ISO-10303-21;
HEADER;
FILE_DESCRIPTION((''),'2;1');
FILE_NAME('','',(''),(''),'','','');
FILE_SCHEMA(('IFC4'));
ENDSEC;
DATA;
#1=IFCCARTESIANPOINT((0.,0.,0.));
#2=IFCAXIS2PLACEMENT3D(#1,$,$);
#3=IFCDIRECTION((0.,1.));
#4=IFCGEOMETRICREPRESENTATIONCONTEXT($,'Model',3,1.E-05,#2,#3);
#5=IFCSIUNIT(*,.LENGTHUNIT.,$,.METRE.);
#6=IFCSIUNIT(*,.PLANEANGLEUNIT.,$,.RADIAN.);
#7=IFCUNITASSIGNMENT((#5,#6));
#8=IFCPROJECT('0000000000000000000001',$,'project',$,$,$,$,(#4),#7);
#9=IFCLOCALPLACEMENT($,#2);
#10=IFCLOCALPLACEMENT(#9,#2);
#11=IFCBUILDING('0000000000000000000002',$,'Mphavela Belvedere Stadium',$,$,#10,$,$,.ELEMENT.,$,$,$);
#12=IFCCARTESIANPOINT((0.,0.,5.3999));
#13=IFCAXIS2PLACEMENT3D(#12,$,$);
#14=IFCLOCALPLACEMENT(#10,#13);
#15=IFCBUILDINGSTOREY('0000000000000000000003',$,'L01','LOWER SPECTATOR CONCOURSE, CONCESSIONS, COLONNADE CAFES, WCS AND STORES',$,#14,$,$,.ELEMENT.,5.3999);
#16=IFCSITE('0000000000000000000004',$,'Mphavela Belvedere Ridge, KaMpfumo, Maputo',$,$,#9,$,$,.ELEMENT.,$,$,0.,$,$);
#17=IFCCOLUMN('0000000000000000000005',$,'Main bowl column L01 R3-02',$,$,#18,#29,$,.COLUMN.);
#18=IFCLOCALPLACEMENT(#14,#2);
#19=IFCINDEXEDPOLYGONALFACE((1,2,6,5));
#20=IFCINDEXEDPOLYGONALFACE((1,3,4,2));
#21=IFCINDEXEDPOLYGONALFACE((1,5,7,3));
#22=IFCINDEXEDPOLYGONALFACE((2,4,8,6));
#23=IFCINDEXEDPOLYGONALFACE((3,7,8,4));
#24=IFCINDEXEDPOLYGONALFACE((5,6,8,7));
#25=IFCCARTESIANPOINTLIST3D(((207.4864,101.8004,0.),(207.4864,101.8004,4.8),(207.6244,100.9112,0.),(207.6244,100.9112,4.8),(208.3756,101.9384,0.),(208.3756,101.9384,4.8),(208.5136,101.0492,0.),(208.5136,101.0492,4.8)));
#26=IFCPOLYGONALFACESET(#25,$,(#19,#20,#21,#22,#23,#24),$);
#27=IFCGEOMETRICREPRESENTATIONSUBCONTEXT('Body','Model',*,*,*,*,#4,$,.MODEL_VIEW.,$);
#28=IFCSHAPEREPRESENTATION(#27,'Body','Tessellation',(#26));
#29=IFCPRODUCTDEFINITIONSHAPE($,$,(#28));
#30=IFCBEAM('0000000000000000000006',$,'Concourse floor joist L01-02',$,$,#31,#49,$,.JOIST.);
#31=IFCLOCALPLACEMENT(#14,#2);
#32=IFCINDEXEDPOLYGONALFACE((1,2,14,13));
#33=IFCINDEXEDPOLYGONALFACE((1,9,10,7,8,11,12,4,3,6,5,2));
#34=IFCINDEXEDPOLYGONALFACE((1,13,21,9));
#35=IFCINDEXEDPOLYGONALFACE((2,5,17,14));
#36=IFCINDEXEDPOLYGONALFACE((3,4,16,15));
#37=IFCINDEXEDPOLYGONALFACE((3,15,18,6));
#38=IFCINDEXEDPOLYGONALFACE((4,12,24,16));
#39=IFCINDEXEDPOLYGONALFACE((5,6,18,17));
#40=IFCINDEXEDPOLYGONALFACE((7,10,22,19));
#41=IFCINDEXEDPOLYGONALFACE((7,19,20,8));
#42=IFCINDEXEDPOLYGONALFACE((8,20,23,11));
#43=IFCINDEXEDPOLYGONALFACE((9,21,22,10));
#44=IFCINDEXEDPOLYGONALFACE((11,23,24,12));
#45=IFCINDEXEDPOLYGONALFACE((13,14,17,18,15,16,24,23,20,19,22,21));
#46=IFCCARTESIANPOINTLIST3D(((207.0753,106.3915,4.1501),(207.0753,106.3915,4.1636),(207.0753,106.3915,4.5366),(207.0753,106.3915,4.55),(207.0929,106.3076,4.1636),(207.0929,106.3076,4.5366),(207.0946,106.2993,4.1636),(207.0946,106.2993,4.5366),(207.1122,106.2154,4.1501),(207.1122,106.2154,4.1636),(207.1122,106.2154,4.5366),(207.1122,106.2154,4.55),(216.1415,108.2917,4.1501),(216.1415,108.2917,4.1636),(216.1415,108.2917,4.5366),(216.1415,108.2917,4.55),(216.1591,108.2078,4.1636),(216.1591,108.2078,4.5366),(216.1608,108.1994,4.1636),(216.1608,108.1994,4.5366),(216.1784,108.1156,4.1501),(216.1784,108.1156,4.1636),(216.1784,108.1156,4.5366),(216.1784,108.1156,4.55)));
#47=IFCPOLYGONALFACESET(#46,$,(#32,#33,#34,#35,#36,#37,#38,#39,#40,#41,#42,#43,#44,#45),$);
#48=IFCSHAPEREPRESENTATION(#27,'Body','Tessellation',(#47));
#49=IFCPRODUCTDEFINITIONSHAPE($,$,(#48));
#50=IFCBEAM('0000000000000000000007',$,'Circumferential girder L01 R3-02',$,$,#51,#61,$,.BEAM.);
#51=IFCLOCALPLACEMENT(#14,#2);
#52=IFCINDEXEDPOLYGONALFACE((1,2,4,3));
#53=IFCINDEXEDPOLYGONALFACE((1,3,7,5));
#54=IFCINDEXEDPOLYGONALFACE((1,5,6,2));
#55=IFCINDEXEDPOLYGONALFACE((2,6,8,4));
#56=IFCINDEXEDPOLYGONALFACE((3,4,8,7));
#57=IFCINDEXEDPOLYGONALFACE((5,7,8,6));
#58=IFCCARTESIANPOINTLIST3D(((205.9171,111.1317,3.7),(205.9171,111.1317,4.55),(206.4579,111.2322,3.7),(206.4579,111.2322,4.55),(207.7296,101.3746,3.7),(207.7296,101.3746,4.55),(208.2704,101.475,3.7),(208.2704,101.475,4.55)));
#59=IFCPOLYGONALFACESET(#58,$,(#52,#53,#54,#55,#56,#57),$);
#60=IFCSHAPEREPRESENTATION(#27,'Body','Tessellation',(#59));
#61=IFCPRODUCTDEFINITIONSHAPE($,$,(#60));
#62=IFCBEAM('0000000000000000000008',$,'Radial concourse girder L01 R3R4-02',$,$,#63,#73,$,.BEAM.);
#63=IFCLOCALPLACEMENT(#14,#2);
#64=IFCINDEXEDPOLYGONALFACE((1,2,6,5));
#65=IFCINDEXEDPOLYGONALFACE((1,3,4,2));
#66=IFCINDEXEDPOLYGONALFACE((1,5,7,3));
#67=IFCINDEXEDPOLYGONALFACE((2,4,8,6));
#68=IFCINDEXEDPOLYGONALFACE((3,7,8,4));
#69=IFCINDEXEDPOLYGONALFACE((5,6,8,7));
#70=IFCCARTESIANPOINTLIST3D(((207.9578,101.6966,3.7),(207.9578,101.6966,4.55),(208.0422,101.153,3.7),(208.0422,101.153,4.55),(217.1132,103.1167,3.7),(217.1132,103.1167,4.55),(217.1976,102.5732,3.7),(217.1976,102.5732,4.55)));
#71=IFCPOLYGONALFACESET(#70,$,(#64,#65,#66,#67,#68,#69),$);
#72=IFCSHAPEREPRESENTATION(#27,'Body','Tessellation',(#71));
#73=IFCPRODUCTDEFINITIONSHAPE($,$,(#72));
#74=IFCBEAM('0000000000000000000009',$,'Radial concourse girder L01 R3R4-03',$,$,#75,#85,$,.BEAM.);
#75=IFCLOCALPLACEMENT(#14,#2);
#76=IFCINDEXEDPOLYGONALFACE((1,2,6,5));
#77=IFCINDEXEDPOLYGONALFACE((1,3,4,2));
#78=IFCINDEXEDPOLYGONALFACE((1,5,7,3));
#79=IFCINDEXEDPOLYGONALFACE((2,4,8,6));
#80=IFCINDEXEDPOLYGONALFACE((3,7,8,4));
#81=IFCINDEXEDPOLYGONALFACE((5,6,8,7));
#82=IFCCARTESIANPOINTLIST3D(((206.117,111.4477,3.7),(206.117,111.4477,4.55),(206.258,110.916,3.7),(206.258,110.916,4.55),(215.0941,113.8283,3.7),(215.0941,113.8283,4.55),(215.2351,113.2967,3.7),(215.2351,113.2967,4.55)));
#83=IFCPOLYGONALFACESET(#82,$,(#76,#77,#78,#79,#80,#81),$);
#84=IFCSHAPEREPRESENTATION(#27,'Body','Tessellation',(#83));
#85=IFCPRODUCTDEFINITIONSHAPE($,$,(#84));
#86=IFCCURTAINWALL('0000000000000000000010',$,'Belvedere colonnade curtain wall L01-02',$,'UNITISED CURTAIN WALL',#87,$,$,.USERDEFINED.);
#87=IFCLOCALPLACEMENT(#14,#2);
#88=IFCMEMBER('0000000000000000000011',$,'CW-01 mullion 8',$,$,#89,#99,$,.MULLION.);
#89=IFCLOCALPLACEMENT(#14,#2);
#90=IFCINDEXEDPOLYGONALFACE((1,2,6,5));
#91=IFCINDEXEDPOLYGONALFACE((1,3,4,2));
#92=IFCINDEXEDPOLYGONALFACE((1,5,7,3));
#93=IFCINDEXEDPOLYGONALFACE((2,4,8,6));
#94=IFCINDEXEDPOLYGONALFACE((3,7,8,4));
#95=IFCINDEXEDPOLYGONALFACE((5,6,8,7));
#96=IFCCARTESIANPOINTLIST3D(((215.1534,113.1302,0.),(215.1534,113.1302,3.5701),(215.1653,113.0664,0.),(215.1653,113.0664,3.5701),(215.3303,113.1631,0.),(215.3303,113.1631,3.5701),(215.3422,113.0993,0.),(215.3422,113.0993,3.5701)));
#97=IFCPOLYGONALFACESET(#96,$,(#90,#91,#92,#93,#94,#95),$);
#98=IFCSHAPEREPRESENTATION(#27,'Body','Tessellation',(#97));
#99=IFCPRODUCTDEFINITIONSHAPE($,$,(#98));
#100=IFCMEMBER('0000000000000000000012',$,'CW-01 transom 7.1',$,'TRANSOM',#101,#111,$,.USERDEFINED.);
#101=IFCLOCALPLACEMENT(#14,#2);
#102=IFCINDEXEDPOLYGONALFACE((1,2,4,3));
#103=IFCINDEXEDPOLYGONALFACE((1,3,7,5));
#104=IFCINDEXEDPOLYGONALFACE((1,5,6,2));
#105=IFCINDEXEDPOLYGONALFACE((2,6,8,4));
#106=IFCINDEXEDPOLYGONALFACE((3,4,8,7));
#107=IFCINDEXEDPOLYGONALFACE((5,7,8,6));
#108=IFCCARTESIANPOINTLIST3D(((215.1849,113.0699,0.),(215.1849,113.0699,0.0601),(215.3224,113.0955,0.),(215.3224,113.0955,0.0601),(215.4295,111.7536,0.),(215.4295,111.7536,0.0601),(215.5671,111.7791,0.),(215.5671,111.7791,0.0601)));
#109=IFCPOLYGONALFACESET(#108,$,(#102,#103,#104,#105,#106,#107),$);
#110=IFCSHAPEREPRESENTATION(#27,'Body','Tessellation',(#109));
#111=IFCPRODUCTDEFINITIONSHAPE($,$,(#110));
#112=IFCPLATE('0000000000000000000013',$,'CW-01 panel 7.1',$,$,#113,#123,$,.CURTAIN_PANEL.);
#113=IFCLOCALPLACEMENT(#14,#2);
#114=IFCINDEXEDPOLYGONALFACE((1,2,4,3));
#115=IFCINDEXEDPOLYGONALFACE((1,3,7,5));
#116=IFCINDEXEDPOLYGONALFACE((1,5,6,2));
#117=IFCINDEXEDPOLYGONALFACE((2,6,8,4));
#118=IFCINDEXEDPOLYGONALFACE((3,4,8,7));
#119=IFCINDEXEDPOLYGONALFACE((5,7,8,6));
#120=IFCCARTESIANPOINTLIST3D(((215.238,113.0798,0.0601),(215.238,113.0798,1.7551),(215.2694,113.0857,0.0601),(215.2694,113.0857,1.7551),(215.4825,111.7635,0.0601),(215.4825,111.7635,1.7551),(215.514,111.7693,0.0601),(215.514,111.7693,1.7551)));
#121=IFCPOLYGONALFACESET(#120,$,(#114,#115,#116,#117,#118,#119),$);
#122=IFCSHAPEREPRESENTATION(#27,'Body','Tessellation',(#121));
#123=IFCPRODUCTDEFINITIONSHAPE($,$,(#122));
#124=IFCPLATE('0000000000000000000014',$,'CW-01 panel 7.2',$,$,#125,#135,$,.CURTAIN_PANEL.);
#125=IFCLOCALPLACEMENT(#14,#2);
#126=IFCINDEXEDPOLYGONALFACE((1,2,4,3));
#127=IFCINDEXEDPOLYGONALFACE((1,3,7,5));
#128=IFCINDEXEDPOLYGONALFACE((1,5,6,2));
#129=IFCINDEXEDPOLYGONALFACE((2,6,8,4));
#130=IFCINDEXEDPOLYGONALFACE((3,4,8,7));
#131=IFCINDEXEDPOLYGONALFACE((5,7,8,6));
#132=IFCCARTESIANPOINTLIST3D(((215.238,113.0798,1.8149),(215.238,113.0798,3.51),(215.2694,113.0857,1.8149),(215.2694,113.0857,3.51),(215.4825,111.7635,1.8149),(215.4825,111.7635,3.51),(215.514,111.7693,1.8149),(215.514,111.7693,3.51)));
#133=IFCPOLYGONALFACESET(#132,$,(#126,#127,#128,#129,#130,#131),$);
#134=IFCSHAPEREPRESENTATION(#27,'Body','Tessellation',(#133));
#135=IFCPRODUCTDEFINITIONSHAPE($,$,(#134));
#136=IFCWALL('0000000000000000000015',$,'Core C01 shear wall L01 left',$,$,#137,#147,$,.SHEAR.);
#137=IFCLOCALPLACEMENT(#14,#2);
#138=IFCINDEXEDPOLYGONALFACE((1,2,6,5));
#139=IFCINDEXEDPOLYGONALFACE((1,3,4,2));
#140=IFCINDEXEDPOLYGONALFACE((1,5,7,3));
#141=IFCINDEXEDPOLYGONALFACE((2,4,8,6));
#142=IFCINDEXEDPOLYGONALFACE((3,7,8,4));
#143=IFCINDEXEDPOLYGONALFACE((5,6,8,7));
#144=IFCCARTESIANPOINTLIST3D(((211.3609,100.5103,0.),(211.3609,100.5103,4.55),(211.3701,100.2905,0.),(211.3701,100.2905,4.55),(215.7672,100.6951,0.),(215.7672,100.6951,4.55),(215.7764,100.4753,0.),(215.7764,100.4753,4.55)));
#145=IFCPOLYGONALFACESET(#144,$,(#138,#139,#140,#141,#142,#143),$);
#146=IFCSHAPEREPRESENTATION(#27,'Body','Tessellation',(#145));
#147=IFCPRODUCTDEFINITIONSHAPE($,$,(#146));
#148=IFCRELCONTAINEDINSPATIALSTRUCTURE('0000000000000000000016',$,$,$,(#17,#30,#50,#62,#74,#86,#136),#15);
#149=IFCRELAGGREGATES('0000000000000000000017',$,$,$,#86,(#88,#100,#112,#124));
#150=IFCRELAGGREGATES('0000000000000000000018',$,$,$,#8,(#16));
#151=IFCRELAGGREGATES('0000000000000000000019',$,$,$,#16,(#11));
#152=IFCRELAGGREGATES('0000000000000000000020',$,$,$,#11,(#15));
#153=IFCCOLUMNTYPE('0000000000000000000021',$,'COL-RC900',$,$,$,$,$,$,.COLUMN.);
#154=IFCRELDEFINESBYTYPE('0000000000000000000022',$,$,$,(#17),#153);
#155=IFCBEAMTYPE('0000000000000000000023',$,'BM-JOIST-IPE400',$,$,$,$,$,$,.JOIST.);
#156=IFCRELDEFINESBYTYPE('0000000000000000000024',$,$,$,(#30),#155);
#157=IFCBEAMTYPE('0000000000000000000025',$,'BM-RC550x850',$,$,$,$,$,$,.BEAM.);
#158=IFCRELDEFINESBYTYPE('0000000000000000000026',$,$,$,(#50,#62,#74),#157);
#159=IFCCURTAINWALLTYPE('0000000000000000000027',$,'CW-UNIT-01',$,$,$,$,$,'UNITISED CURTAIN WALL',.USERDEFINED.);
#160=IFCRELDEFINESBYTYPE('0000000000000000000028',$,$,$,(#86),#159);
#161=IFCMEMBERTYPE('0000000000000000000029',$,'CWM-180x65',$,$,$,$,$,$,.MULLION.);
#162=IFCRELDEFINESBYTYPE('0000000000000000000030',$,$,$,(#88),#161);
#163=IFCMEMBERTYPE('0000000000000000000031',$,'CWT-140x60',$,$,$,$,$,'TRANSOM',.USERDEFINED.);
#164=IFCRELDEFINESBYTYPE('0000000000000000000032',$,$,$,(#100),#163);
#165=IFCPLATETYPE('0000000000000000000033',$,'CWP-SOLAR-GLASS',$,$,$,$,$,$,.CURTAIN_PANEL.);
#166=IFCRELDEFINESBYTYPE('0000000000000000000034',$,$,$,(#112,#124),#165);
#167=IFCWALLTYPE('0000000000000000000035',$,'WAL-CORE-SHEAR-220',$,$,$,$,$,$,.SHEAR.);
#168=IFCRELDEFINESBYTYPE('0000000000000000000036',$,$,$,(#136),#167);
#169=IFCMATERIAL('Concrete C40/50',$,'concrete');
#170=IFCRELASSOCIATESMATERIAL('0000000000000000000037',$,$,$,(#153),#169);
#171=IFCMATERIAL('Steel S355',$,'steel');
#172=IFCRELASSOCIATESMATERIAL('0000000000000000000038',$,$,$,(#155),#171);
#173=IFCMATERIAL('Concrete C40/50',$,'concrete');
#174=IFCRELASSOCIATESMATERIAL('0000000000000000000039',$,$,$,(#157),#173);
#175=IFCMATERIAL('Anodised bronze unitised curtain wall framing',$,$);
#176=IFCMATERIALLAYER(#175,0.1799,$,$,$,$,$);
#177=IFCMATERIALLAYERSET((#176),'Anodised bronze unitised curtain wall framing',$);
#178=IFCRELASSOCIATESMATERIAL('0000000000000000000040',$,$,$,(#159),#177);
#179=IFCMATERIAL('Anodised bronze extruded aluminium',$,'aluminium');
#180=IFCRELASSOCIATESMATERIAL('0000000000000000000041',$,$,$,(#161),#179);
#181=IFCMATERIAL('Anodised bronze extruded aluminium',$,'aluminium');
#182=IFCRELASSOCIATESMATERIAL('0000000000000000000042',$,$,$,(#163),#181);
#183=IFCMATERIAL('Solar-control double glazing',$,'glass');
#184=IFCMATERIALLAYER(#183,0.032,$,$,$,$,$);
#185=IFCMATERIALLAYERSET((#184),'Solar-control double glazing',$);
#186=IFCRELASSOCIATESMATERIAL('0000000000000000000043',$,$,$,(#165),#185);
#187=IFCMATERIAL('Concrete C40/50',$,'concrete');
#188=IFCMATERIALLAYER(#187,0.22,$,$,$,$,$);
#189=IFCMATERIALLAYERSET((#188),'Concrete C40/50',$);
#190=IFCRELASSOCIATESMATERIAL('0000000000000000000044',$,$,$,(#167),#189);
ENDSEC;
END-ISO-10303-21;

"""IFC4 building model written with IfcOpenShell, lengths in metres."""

from ifc_helpers import new_model, si_unit, direction, frame, frame_2d, origin, origin_2d, place, context, subcontext, project, spatial, rectangle, i_section, extrude, material, layer, layer_set, material_profile, profile_set, type_object, element, aggregate, save


model = new_model("IFC4")

# Units and contexts
model_context = context("Model", 3, precision=1e-05, world=origin(), true_north=direction((0.0, 1.0)))
body_context = subcontext(model_context, "Body", "Model", "MODEL_VIEW")
ifc_project = project(units=[si_unit("LENGTHUNIT", "METRE"), si_unit("PLANEANGLEUNIT", "RADIAN")], contexts=[model_context])

# Site, building, storey
site_placement = place(None, origin())
site = spatial("IfcSite", under=ifc_project, at=site_placement, Name="Mphavela Belvedere Ridge, KaMpfumo, Maputo", CompositionType="ELEMENT", RefElevation=0.0)
building_placement = place(site_placement, origin())
building = spatial("IfcBuilding", under=site, at=building_placement, Name="Mphavela Belvedere Stadium", CompositionType="ELEMENT")
storey_placement = place(building_placement, frame((0.0, 0.0, 5.3999)))
storey = spatial("IfcBuildingStorey", under=building, at=storey_placement, Name="L01", Description="LOWER SPECTATOR CONCOURSE, CONCESSIONS, COLONNADE CAFES, WCS AND STORES", CompositionType="ELEMENT", Elevation=5.3999)

# Column
ifc_material_1 = material(Name="Concrete C40/50", Category="concrete")
ifc_material_profile_1 = material_profile(ifc_material_1, rectangle(XDim=0.8999, YDim=0.8999, at=origin_2d()), Name="RC 900x900")
ifc_profile_set_1 = profile_set([ifc_material_profile_1], Name="Concrete C40/50")
column_type = type_object("IfcColumnType", Name="COL-RC900", PredefinedType="COLUMN", material=ifc_profile_set_1)
column_placement = place(storey_placement, frame((208.0, 101.4248, 0.0), z_axis=(0.0, 0.0, 1.0), x_axis=(0.988175, 0.153331, 0.0)))
element("IfcColumn", 1, at=column_placement, inside=storey, type_object=column_type, Name="Main bowl column L01 R3-02", PredefinedType="COLUMN", context=body_context, shape_type="SweptSolid", body=[
    extrude(rectangle(XDim=0.8999, YDim=0.8999, at=origin_2d()), origin(), (0.0, 0.0, 1.0), 4.8),
])

# Beams
ifc_material_2 = material(Name="Steel S355", Category="steel")
ifc_material_profile_2 = material_profile(ifc_material_2, i_section(OverallWidth=0.1799, OverallDepth=0.3999, WebThickness=0.0085, FlangeThickness=0.0134, at=origin_2d()), Name="IPE 400")
ifc_profile_set_2 = profile_set([ifc_material_profile_2], Name="Steel S355")
beam_type_1 = type_object("IfcBeamType", Name="BM-JOIST-IPE400", PredefinedType="JOIST", material=ifc_profile_set_2)
beam_1_placement = place(storey_placement, frame((207.0938, 106.3035, 4.3501), z_axis=(0.978735, 0.20513, 0.0), x_axis=(-0.20513, 0.978735, 0.0)))
element("IfcBeam", 2, at=beam_1_placement, inside=storey, type_object=beam_type_1, Name="Concourse floor joist L01-02", PredefinedType="JOIST", context=body_context, shape_type="SweptSolid", body=[
    extrude(i_section(OverallWidth=0.1799, OverallDepth=0.3999, WebThickness=0.0085, FlangeThickness=0.0134, at=origin_2d()), origin(), (0.0, 0.0, 1.0), 9.2632),
])
ifc_material_3 = material(Name="Concrete C40/50", Category="concrete")
ifc_material_profile_3 = material_profile(ifc_material_3, rectangle(XDim=0.55, YDim=0.8501, at=origin_2d()), Name="RC 550x850")
ifc_profile_set_3 = profile_set([ifc_material_profile_3], Name="Concrete C40/50")
beam_type_2 = type_object("IfcBeamType", Name="BM-RC550x850", PredefinedType="BEAM", material=ifc_profile_set_3)
beam_2_placement = place(storey_placement, frame((208.0, 101.4248, 4.125), z_axis=(-0.182638, 0.98318, 0.0), x_axis=(-0.98318, -0.182638, 0.0)))
element("IfcBeam", 3, at=beam_2_placement, inside=storey, type_object=beam_type_2, Name="Circumferential girder L01 R3-02", PredefinedType="BEAM", context=body_context, shape_type="SweptSolid", body=[
    extrude(rectangle(XDim=0.55, YDim=0.8501, at=origin_2d()), origin(), (0.0, 0.0, 1.0), 9.9241),
])
beam_3_placement = place(storey_placement, frame((208.0, 101.4248, 4.125), z_axis=(0.988182, 0.153283, 0.0), x_axis=(-0.153283, 0.988182, 0.0)))
element("IfcBeam", 4, at=beam_3_placement, inside=storey, type_object=beam_type_2, Name="Radial concourse girder L01 R3R4-02", PredefinedType="BEAM", context=body_context, shape_type="SweptSolid", body=[
    extrude(rectangle(XDim=0.55, YDim=0.8501, at=origin_2d()), origin(), (0.0, 0.0, 1.0), 9.2649),
])
beam_4_placement = place(storey_placement, frame((206.1875, 111.1819, 4.125), z_axis=(0.96659, 0.256329, 0.0), x_axis=(-0.256329, 0.96659, 0.0)))
element("IfcBeam", 5, at=beam_4_placement, inside=storey, type_object=beam_type_2, Name="Radial concourse girder L01 R3R4-03", PredefinedType="BEAM", context=body_context, shape_type="SweptSolid", body=[
    extrude(rectangle(XDim=0.55, YDim=0.8501, at=origin_2d()), origin(), (0.0, 0.0, 1.0), 9.2874),
])

# Curtain wall, members, plates
ifc_material_4 = material(Name="Anodised bronze unitised curtain wall framing")
ifc_layer_1 = layer(ifc_material_4, 0.1799)
ifc_layer_set_1 = layer_set([ifc_layer_1], Name="Anodised bronze unitised curtain wall framing")
curtain_wall_type = type_object("IfcCurtainWallType", Name="CW-UNIT-01", ElementType="UNITISED CURTAIN WALL", PredefinedType="USERDEFINED", material=ifc_layer_set_1)
curtain_wall_placement = place(storey_placement, origin())
curtain_wall = element("IfcCurtainWall", 6, at=curtain_wall_placement, inside=storey, type_object=curtain_wall_type, Name="Belvedere colonnade curtain wall L01-02", ObjectType="UNITISED CURTAIN WALL", PredefinedType="USERDEFINED")
ifc_material_5 = material(Name="Anodised bronze extruded aluminium", Category="aluminium")
ifc_material_profile_4 = material_profile(ifc_material_5, rectangle(XDim=0.1799, YDim=0.0649, at=origin_2d()), Name="CW-MUL 180x65")
ifc_profile_set_4 = profile_set([ifc_material_profile_4], Name="Anodised bronze extruded aluminium")
member_type_1 = type_object("IfcMemberType", Name="CWM-180x65", PredefinedType="MULLION", material=ifc_profile_set_4)
member_1_placement = place(storey_placement, frame((215.2478, 113.1147, 0.0), z_axis=(0.0, 0.0, 1.0), x_axis=(-0.983184, -0.18262, 0.0)))
member_1 = element("IfcMember", 7, at=member_1_placement, type_object=member_type_1, Name="CW-01 mullion 8", PredefinedType="MULLION", context=body_context, shape_type="SweptSolid", body=[
    extrude(rectangle(XDim=0.1799, YDim=0.0649, at=origin_2d()), origin(), (0.0, 0.0, 1.0), 3.5701),
])
ifc_material_6 = material(Name="Anodised bronze extruded aluminium", Category="aluminium")
ifc_material_profile_5 = material_profile(ifc_material_6, rectangle(XDim=0.1399, YDim=0.0601, at=origin_2d()), Name="CW-TRN 140x60")
ifc_profile_set_5 = profile_set([ifc_material_profile_5], Name="Anodised bronze extruded aluminium")
member_type_2 = type_object("IfcMemberType", Name="CWT-140x60", ElementType="TRANSOM", PredefinedType="USERDEFINED", material=ifc_profile_set_5)
member_2_placement = place(storey_placement, frame((215.4983, 111.7664, 0.03), z_axis=(-0.182703, 0.983168, 0.0), x_axis=(-0.983168, -0.182703, 0.0)))
member_2 = element("IfcMember", 8, at=member_2_placement, type_object=member_type_2, Name="CW-01 transom 7.1", ObjectType="TRANSOM", PredefinedType="USERDEFINED", context=body_context, shape_type="SweptSolid", body=[
    extrude(rectangle(XDim=0.1399, YDim=0.0601, at=origin_2d()), origin(), (0.0, 0.0, 1.0), 1.3389),
])
ifc_material_7 = material(Name="Solar-control double glazing", Category="glass")
ifc_layer_2 = layer(ifc_material_7, 0.032)
ifc_layer_set_2 = layer_set([ifc_layer_2], Name="Solar-control double glazing")
plate_type = type_object("IfcPlateType", Name="CWP-SOLAR-GLASS", PredefinedType="CURTAIN_PANEL", material=ifc_layer_set_2)
plate_1_placement = place(storey_placement, frame((215.376, 112.4246, 0.0601), z_axis=(0.0, 0.0, 1.0), x_axis=(-0.18262, 0.983184, 0.0)))
plate_1 = element("IfcPlate", 9, at=plate_1_placement, type_object=plate_type, Name="CW-01 panel 7.1", PredefinedType="CURTAIN_PANEL", context=body_context, shape_type="SweptSolid", body=[
    extrude(rectangle(XDim=1.3389, YDim=0.032, at=origin_2d()), origin(), (0.0, 0.0, 1.0), 1.6951),
])
plate_2_placement = place(storey_placement, frame((215.376, 112.4246, 1.8149), z_axis=(0.0, 0.0, 1.0), x_axis=(-0.18262, 0.983184, 0.0)))
plate_2 = element("IfcPlate", 10, at=plate_2_placement, type_object=plate_type, Name="CW-01 panel 7.2", PredefinedType="CURTAIN_PANEL", context=body_context, shape_type="SweptSolid", body=[
    extrude(rectangle(XDim=1.3389, YDim=0.032, at=origin_2d()), origin(), (0.0, 0.0, 1.0), 1.6951),
])
aggregate(curtain_wall, [member_1, member_2, plate_1, plate_2])

# Wall
ifc_material_8 = material(Name="Concrete C40/50", Category="concrete")
ifc_layer_3 = layer(ifc_material_8, 0.22)
ifc_layer_set_3 = layer_set([ifc_layer_3], Name="Concrete C40/50")
wall_type_1 = type_object("IfcWallType", Name="WAL-CORE-SHEAR-220", PredefinedType="SHEAR", material=ifc_layer_set_3)
wall_1_placement = place(storey_placement, frame((211.3655, 100.4004, 0.0), z_axis=(0.0, 0.0, 1.0), x_axis=(0.999122, 0.041907, 0.0)))
element("IfcWall", 11, at=wall_1_placement, inside=storey, type_object=wall_type_1, Name="Core C01 shear wall L01 left", PredefinedType="SHEAR", context=body_context, shape_type="SweptSolid", body=[
    extrude(rectangle(XDim=4.4102, YDim=0.22, at=frame_2d((2.2051, 0.0))), origin(), (0.0, 0.0, 1.0), 4.55),
])

save(model, "model.ifc")
